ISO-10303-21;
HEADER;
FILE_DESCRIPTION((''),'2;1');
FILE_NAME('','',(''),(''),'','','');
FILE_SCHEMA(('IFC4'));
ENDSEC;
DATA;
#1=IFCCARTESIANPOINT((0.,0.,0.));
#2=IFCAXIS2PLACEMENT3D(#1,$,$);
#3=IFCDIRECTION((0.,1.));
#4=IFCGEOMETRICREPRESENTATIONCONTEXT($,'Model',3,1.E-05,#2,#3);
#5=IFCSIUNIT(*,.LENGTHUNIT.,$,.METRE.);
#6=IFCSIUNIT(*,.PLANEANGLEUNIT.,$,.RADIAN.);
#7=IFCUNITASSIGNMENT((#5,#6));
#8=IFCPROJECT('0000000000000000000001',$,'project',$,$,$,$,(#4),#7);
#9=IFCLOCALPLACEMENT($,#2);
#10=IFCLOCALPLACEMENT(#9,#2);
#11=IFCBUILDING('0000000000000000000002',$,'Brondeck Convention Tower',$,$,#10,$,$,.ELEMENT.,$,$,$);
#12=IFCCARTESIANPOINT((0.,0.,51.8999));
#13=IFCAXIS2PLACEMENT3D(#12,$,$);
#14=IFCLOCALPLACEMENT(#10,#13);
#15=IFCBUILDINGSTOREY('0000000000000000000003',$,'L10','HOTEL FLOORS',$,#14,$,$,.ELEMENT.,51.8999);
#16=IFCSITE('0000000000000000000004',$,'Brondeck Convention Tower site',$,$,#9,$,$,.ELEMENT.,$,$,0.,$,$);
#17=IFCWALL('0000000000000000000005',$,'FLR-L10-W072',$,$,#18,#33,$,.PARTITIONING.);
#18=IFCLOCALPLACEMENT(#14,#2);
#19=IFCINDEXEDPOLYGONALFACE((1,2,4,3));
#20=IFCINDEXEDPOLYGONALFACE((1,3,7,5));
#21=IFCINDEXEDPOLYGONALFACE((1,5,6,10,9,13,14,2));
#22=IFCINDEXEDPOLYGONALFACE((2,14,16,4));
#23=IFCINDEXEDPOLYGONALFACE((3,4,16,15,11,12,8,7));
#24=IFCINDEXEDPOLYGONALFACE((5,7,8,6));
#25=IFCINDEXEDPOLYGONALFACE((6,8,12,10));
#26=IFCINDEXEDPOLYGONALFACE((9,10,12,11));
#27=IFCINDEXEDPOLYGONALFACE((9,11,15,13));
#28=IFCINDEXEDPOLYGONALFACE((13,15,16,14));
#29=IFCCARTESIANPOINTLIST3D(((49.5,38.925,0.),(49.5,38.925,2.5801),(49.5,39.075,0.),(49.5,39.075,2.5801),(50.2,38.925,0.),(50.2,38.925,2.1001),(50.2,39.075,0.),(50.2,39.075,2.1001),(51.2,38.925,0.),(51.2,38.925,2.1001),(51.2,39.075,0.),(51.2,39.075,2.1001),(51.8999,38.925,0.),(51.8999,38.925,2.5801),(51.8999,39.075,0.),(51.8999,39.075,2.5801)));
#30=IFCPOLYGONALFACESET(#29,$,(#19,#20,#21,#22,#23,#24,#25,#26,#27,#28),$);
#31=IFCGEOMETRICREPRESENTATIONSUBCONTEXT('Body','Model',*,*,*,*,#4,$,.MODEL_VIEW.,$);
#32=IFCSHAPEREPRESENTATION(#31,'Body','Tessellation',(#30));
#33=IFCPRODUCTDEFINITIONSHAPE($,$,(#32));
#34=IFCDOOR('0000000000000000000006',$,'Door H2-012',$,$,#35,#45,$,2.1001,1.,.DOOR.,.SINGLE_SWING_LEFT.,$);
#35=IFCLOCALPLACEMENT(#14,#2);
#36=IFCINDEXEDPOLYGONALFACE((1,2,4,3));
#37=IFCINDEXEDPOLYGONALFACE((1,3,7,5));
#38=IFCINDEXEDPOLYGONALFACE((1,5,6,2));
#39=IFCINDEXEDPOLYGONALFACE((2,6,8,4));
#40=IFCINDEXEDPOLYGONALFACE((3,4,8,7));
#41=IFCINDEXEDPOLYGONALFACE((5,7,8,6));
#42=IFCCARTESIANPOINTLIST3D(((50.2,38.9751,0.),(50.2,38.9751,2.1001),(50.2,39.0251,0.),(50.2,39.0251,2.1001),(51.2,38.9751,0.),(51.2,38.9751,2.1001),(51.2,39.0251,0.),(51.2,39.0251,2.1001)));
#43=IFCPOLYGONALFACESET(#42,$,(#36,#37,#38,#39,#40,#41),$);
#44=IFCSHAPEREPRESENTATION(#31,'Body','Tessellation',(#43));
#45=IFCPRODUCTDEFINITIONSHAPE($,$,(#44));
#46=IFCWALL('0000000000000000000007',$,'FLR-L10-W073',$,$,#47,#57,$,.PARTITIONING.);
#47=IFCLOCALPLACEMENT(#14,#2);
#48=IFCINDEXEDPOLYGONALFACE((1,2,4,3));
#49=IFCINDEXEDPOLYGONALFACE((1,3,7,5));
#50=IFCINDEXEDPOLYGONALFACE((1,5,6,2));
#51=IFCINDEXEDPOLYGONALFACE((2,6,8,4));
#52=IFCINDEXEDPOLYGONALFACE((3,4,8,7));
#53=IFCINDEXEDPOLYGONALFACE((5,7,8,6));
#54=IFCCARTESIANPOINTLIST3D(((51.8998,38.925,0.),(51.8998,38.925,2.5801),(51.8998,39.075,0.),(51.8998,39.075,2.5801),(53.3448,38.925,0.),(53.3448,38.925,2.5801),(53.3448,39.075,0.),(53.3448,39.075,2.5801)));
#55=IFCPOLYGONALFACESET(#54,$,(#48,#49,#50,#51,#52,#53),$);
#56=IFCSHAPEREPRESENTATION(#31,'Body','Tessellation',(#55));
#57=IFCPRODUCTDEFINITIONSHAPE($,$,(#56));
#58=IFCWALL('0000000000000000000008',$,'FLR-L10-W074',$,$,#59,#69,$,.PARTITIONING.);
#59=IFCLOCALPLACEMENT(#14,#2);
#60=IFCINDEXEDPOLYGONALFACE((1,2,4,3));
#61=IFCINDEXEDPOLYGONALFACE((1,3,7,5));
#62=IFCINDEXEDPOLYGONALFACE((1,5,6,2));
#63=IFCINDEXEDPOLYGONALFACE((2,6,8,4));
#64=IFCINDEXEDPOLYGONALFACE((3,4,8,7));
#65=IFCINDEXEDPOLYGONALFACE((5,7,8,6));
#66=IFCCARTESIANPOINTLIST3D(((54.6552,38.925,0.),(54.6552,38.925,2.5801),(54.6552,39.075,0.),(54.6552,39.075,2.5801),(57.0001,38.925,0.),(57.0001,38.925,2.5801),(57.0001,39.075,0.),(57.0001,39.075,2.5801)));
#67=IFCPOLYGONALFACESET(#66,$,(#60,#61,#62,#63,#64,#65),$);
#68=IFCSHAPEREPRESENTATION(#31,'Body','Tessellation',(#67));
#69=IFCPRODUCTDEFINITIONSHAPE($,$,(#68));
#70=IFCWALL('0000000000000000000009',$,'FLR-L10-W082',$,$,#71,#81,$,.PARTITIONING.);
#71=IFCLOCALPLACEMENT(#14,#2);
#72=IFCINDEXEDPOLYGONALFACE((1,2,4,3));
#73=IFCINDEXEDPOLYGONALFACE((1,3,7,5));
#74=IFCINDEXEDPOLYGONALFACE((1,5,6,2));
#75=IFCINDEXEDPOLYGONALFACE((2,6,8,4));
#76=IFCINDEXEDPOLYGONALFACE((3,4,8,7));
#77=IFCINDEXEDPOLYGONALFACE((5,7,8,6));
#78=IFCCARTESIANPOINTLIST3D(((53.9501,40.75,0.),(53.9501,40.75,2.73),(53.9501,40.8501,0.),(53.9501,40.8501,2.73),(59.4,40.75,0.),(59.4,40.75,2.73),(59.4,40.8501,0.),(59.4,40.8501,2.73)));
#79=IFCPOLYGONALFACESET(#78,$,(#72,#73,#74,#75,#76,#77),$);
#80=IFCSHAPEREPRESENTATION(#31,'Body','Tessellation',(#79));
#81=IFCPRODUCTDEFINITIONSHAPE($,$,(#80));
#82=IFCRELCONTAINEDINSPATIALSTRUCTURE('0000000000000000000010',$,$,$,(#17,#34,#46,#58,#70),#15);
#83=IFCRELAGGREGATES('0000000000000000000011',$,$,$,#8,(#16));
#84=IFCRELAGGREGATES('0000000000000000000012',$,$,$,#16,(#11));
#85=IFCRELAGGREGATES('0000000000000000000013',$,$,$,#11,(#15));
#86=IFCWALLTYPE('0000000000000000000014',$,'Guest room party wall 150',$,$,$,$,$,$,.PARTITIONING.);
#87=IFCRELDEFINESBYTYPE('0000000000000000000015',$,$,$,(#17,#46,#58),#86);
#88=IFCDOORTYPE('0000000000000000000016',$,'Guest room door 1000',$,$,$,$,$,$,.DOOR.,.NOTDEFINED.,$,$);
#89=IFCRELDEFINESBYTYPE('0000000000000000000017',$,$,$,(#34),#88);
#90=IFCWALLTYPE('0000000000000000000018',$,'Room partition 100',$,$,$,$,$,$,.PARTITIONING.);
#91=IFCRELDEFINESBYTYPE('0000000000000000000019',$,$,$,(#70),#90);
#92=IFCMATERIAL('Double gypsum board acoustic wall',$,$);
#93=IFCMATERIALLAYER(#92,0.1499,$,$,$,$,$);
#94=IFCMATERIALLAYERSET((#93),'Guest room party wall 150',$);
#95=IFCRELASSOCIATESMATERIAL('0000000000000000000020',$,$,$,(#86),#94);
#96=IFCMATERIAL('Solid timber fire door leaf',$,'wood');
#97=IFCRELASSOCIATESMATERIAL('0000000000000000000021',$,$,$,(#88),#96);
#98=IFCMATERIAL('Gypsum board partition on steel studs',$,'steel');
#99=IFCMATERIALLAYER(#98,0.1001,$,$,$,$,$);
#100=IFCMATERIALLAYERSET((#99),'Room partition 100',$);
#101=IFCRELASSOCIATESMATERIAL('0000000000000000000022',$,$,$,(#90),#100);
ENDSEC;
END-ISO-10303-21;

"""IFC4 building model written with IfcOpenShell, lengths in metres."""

from ifc_helpers import new_model, si_unit, direction, frame, frame_2d, origin, place, context, subcontext, project, spatial, rectangle, extrude, material, layer, layer_set, type_object, element, fill, save


model = new_model("IFC4")

# Units and contexts
model_context = context("Model", 3, precision=1e-05, world=origin(), true_north=direction((0.0, 1.0)))
body_context = subcontext(model_context, "Body", "Model", "MODEL_VIEW")
ifc_project = project(units=[si_unit("LENGTHUNIT", "METRE"), si_unit("PLANEANGLEUNIT", "RADIAN")], contexts=[model_context])

# Site, building, storey
site_placement = place(None, origin())
site = spatial("IfcSite", under=ifc_project, at=site_placement, Name="Brondeck Convention Tower site", CompositionType="ELEMENT", RefElevation=0.0)
building_placement = place(site_placement, origin())
building = spatial("IfcBuilding", under=site, at=building_placement, Name="Brondeck Convention Tower", CompositionType="ELEMENT")
storey_placement = place(building_placement, frame((0.0, 0.0, 51.8999)))
storey = spatial("IfcBuildingStorey", under=building, at=storey_placement, Name="L10", Description="HOTEL FLOORS", CompositionType="ELEMENT", Elevation=51.8999)

# Shared definitions
ifc_material_1 = material(Name="Double gypsum board acoustic wall")
ifc_layer_1 = layer(ifc_material_1, 0.1499)
ifc_layer_set_1 = layer_set([ifc_layer_1], Name="Guest room party wall 150")
wall_type_1 = type_object("IfcWallType", Name="Guest room party wall 150", PredefinedType="PARTITIONING", material=ifc_layer_set_1)

# Wall, opening, door
ifc_material_2 = material(Name="Solid timber fire door leaf", Category="wood")
door_type_1 = type_object("IfcDoorType", Name="Guest room door 1000", OperationType="NOTDEFINED", PredefinedType="DOOR", material=ifc_material_2)
wall_1_placement = place(storey_placement, frame((51.8999, 39.0, 0.0), z_axis=(0.0, 0.0, 1.0), x_axis=(-1.0, 0.0, 0.0)))
wall_1 = element("IfcWall", 1, at=wall_1_placement, inside=storey, type_object=wall_type_1, Name="FLR-L10-W072", PredefinedType="PARTITIONING", context=body_context, shape_type="SweptSolid", body=[
    extrude(rectangle(XDim=2.3999, YDim=0.1499, at=frame_2d((1.2, 0.0))), origin(), (0.0, 0.0, 1.0), 2.5801),
])
opening_1_placement = place(wall_1_placement, frame((0.7, 0.0, 0.0)))
opening_1 = element("IfcOpeningElement", 2, at=opening_1_placement, cuts=wall_1, PredefinedType="OPENING", context=body_context, shape_type="SweptSolid", body=[
    extrude(rectangle(XDim=1.0, YDim=2.1001, at=frame_2d((0.5, 1.05))), frame((0.0, 0.085, 0.0), z_axis=(0.0, -1.0, 0.0), x_axis=(1.0, 0.0, 0.0)), (0.0, 0.0, 1.0), 0.1699),
])
door_1_placement = place(opening_1_placement, origin())
door_1 = element("IfcDoor", 3, at=door_1_placement, inside=storey, type_object=door_type_1, Name="Door H2-012", OperationType="SINGLE_SWING_LEFT", OverallHeight=2.1001, OverallWidth=1.0, PredefinedType="DOOR", context=body_context, shape_type="SweptSolid", body=[
    extrude(rectangle(XDim=1.0, YDim=2.1001, at=frame_2d((0.5, 1.05))), frame((0.0, 0.0249, 0.0), z_axis=(0.0, -1.0, 0.0), x_axis=(1.0, 0.0, 0.0)), (0.0, 0.0, 1.0), 0.05),
])
fill(opening_1, door_1)

# Walls
wall_2_placement = place(storey_placement, frame((53.345, 39.0, 0.0), z_axis=(0.0, 0.0, 1.0), x_axis=(-1.0, 0.0, 0.0)))
element("IfcWall", 4, at=wall_2_placement, inside=storey, type_object=wall_type_1, Name="FLR-L10-W073", PredefinedType="PARTITIONING", context=body_context, shape_type="SweptSolid", body=[
    extrude(rectangle(XDim=1.4451, YDim=0.1499, at=frame_2d((0.7227, 0.0))), origin(), (0.0, 0.0, 1.0), 2.5801),
])
wall_3_placement = place(storey_placement, frame((57.0, 39.0, 0.0), z_axis=(0.0, 0.0, 1.0), x_axis=(-1.0, 0.0, 0.0)))
element("IfcWall", 5, at=wall_3_placement, inside=storey, type_object=wall_type_1, Name="FLR-L10-W074", PredefinedType="PARTITIONING", context=body_context, shape_type="SweptSolid", body=[
    extrude(rectangle(XDim=2.345, YDim=0.1499, at=frame_2d((1.1724, 0.0))), origin(), (0.0, 0.0, 1.0), 2.5801),
])
ifc_material_3 = material(Name="Gypsum board partition on steel studs", Category="steel")
ifc_layer_2 = layer(ifc_material_3, 0.1001)
ifc_layer_set_2 = layer_set([ifc_layer_2], Name="Room partition 100")
wall_type_2 = type_object("IfcWallType", Name="Room partition 100", PredefinedType="PARTITIONING", material=ifc_layer_set_2)
wall_4_placement = place(storey_placement, frame((53.95, 40.8, 0.0), z_axis=(0.0, 0.0, 1.0), x_axis=(1.0, 0.0, 0.0)))
element("IfcWall", 6, at=wall_4_placement, inside=storey, type_object=wall_type_2, Name="FLR-L10-W082", PredefinedType="PARTITIONING", context=body_context, shape_type="SweptSolid", body=[
    extrude(rectangle(XDim=5.45, YDim=0.1001, at=frame_2d((2.7251, 0.0))), origin(), (0.0, 0.0, 1.0), 2.73),
])

save(model, "model.ifc")
